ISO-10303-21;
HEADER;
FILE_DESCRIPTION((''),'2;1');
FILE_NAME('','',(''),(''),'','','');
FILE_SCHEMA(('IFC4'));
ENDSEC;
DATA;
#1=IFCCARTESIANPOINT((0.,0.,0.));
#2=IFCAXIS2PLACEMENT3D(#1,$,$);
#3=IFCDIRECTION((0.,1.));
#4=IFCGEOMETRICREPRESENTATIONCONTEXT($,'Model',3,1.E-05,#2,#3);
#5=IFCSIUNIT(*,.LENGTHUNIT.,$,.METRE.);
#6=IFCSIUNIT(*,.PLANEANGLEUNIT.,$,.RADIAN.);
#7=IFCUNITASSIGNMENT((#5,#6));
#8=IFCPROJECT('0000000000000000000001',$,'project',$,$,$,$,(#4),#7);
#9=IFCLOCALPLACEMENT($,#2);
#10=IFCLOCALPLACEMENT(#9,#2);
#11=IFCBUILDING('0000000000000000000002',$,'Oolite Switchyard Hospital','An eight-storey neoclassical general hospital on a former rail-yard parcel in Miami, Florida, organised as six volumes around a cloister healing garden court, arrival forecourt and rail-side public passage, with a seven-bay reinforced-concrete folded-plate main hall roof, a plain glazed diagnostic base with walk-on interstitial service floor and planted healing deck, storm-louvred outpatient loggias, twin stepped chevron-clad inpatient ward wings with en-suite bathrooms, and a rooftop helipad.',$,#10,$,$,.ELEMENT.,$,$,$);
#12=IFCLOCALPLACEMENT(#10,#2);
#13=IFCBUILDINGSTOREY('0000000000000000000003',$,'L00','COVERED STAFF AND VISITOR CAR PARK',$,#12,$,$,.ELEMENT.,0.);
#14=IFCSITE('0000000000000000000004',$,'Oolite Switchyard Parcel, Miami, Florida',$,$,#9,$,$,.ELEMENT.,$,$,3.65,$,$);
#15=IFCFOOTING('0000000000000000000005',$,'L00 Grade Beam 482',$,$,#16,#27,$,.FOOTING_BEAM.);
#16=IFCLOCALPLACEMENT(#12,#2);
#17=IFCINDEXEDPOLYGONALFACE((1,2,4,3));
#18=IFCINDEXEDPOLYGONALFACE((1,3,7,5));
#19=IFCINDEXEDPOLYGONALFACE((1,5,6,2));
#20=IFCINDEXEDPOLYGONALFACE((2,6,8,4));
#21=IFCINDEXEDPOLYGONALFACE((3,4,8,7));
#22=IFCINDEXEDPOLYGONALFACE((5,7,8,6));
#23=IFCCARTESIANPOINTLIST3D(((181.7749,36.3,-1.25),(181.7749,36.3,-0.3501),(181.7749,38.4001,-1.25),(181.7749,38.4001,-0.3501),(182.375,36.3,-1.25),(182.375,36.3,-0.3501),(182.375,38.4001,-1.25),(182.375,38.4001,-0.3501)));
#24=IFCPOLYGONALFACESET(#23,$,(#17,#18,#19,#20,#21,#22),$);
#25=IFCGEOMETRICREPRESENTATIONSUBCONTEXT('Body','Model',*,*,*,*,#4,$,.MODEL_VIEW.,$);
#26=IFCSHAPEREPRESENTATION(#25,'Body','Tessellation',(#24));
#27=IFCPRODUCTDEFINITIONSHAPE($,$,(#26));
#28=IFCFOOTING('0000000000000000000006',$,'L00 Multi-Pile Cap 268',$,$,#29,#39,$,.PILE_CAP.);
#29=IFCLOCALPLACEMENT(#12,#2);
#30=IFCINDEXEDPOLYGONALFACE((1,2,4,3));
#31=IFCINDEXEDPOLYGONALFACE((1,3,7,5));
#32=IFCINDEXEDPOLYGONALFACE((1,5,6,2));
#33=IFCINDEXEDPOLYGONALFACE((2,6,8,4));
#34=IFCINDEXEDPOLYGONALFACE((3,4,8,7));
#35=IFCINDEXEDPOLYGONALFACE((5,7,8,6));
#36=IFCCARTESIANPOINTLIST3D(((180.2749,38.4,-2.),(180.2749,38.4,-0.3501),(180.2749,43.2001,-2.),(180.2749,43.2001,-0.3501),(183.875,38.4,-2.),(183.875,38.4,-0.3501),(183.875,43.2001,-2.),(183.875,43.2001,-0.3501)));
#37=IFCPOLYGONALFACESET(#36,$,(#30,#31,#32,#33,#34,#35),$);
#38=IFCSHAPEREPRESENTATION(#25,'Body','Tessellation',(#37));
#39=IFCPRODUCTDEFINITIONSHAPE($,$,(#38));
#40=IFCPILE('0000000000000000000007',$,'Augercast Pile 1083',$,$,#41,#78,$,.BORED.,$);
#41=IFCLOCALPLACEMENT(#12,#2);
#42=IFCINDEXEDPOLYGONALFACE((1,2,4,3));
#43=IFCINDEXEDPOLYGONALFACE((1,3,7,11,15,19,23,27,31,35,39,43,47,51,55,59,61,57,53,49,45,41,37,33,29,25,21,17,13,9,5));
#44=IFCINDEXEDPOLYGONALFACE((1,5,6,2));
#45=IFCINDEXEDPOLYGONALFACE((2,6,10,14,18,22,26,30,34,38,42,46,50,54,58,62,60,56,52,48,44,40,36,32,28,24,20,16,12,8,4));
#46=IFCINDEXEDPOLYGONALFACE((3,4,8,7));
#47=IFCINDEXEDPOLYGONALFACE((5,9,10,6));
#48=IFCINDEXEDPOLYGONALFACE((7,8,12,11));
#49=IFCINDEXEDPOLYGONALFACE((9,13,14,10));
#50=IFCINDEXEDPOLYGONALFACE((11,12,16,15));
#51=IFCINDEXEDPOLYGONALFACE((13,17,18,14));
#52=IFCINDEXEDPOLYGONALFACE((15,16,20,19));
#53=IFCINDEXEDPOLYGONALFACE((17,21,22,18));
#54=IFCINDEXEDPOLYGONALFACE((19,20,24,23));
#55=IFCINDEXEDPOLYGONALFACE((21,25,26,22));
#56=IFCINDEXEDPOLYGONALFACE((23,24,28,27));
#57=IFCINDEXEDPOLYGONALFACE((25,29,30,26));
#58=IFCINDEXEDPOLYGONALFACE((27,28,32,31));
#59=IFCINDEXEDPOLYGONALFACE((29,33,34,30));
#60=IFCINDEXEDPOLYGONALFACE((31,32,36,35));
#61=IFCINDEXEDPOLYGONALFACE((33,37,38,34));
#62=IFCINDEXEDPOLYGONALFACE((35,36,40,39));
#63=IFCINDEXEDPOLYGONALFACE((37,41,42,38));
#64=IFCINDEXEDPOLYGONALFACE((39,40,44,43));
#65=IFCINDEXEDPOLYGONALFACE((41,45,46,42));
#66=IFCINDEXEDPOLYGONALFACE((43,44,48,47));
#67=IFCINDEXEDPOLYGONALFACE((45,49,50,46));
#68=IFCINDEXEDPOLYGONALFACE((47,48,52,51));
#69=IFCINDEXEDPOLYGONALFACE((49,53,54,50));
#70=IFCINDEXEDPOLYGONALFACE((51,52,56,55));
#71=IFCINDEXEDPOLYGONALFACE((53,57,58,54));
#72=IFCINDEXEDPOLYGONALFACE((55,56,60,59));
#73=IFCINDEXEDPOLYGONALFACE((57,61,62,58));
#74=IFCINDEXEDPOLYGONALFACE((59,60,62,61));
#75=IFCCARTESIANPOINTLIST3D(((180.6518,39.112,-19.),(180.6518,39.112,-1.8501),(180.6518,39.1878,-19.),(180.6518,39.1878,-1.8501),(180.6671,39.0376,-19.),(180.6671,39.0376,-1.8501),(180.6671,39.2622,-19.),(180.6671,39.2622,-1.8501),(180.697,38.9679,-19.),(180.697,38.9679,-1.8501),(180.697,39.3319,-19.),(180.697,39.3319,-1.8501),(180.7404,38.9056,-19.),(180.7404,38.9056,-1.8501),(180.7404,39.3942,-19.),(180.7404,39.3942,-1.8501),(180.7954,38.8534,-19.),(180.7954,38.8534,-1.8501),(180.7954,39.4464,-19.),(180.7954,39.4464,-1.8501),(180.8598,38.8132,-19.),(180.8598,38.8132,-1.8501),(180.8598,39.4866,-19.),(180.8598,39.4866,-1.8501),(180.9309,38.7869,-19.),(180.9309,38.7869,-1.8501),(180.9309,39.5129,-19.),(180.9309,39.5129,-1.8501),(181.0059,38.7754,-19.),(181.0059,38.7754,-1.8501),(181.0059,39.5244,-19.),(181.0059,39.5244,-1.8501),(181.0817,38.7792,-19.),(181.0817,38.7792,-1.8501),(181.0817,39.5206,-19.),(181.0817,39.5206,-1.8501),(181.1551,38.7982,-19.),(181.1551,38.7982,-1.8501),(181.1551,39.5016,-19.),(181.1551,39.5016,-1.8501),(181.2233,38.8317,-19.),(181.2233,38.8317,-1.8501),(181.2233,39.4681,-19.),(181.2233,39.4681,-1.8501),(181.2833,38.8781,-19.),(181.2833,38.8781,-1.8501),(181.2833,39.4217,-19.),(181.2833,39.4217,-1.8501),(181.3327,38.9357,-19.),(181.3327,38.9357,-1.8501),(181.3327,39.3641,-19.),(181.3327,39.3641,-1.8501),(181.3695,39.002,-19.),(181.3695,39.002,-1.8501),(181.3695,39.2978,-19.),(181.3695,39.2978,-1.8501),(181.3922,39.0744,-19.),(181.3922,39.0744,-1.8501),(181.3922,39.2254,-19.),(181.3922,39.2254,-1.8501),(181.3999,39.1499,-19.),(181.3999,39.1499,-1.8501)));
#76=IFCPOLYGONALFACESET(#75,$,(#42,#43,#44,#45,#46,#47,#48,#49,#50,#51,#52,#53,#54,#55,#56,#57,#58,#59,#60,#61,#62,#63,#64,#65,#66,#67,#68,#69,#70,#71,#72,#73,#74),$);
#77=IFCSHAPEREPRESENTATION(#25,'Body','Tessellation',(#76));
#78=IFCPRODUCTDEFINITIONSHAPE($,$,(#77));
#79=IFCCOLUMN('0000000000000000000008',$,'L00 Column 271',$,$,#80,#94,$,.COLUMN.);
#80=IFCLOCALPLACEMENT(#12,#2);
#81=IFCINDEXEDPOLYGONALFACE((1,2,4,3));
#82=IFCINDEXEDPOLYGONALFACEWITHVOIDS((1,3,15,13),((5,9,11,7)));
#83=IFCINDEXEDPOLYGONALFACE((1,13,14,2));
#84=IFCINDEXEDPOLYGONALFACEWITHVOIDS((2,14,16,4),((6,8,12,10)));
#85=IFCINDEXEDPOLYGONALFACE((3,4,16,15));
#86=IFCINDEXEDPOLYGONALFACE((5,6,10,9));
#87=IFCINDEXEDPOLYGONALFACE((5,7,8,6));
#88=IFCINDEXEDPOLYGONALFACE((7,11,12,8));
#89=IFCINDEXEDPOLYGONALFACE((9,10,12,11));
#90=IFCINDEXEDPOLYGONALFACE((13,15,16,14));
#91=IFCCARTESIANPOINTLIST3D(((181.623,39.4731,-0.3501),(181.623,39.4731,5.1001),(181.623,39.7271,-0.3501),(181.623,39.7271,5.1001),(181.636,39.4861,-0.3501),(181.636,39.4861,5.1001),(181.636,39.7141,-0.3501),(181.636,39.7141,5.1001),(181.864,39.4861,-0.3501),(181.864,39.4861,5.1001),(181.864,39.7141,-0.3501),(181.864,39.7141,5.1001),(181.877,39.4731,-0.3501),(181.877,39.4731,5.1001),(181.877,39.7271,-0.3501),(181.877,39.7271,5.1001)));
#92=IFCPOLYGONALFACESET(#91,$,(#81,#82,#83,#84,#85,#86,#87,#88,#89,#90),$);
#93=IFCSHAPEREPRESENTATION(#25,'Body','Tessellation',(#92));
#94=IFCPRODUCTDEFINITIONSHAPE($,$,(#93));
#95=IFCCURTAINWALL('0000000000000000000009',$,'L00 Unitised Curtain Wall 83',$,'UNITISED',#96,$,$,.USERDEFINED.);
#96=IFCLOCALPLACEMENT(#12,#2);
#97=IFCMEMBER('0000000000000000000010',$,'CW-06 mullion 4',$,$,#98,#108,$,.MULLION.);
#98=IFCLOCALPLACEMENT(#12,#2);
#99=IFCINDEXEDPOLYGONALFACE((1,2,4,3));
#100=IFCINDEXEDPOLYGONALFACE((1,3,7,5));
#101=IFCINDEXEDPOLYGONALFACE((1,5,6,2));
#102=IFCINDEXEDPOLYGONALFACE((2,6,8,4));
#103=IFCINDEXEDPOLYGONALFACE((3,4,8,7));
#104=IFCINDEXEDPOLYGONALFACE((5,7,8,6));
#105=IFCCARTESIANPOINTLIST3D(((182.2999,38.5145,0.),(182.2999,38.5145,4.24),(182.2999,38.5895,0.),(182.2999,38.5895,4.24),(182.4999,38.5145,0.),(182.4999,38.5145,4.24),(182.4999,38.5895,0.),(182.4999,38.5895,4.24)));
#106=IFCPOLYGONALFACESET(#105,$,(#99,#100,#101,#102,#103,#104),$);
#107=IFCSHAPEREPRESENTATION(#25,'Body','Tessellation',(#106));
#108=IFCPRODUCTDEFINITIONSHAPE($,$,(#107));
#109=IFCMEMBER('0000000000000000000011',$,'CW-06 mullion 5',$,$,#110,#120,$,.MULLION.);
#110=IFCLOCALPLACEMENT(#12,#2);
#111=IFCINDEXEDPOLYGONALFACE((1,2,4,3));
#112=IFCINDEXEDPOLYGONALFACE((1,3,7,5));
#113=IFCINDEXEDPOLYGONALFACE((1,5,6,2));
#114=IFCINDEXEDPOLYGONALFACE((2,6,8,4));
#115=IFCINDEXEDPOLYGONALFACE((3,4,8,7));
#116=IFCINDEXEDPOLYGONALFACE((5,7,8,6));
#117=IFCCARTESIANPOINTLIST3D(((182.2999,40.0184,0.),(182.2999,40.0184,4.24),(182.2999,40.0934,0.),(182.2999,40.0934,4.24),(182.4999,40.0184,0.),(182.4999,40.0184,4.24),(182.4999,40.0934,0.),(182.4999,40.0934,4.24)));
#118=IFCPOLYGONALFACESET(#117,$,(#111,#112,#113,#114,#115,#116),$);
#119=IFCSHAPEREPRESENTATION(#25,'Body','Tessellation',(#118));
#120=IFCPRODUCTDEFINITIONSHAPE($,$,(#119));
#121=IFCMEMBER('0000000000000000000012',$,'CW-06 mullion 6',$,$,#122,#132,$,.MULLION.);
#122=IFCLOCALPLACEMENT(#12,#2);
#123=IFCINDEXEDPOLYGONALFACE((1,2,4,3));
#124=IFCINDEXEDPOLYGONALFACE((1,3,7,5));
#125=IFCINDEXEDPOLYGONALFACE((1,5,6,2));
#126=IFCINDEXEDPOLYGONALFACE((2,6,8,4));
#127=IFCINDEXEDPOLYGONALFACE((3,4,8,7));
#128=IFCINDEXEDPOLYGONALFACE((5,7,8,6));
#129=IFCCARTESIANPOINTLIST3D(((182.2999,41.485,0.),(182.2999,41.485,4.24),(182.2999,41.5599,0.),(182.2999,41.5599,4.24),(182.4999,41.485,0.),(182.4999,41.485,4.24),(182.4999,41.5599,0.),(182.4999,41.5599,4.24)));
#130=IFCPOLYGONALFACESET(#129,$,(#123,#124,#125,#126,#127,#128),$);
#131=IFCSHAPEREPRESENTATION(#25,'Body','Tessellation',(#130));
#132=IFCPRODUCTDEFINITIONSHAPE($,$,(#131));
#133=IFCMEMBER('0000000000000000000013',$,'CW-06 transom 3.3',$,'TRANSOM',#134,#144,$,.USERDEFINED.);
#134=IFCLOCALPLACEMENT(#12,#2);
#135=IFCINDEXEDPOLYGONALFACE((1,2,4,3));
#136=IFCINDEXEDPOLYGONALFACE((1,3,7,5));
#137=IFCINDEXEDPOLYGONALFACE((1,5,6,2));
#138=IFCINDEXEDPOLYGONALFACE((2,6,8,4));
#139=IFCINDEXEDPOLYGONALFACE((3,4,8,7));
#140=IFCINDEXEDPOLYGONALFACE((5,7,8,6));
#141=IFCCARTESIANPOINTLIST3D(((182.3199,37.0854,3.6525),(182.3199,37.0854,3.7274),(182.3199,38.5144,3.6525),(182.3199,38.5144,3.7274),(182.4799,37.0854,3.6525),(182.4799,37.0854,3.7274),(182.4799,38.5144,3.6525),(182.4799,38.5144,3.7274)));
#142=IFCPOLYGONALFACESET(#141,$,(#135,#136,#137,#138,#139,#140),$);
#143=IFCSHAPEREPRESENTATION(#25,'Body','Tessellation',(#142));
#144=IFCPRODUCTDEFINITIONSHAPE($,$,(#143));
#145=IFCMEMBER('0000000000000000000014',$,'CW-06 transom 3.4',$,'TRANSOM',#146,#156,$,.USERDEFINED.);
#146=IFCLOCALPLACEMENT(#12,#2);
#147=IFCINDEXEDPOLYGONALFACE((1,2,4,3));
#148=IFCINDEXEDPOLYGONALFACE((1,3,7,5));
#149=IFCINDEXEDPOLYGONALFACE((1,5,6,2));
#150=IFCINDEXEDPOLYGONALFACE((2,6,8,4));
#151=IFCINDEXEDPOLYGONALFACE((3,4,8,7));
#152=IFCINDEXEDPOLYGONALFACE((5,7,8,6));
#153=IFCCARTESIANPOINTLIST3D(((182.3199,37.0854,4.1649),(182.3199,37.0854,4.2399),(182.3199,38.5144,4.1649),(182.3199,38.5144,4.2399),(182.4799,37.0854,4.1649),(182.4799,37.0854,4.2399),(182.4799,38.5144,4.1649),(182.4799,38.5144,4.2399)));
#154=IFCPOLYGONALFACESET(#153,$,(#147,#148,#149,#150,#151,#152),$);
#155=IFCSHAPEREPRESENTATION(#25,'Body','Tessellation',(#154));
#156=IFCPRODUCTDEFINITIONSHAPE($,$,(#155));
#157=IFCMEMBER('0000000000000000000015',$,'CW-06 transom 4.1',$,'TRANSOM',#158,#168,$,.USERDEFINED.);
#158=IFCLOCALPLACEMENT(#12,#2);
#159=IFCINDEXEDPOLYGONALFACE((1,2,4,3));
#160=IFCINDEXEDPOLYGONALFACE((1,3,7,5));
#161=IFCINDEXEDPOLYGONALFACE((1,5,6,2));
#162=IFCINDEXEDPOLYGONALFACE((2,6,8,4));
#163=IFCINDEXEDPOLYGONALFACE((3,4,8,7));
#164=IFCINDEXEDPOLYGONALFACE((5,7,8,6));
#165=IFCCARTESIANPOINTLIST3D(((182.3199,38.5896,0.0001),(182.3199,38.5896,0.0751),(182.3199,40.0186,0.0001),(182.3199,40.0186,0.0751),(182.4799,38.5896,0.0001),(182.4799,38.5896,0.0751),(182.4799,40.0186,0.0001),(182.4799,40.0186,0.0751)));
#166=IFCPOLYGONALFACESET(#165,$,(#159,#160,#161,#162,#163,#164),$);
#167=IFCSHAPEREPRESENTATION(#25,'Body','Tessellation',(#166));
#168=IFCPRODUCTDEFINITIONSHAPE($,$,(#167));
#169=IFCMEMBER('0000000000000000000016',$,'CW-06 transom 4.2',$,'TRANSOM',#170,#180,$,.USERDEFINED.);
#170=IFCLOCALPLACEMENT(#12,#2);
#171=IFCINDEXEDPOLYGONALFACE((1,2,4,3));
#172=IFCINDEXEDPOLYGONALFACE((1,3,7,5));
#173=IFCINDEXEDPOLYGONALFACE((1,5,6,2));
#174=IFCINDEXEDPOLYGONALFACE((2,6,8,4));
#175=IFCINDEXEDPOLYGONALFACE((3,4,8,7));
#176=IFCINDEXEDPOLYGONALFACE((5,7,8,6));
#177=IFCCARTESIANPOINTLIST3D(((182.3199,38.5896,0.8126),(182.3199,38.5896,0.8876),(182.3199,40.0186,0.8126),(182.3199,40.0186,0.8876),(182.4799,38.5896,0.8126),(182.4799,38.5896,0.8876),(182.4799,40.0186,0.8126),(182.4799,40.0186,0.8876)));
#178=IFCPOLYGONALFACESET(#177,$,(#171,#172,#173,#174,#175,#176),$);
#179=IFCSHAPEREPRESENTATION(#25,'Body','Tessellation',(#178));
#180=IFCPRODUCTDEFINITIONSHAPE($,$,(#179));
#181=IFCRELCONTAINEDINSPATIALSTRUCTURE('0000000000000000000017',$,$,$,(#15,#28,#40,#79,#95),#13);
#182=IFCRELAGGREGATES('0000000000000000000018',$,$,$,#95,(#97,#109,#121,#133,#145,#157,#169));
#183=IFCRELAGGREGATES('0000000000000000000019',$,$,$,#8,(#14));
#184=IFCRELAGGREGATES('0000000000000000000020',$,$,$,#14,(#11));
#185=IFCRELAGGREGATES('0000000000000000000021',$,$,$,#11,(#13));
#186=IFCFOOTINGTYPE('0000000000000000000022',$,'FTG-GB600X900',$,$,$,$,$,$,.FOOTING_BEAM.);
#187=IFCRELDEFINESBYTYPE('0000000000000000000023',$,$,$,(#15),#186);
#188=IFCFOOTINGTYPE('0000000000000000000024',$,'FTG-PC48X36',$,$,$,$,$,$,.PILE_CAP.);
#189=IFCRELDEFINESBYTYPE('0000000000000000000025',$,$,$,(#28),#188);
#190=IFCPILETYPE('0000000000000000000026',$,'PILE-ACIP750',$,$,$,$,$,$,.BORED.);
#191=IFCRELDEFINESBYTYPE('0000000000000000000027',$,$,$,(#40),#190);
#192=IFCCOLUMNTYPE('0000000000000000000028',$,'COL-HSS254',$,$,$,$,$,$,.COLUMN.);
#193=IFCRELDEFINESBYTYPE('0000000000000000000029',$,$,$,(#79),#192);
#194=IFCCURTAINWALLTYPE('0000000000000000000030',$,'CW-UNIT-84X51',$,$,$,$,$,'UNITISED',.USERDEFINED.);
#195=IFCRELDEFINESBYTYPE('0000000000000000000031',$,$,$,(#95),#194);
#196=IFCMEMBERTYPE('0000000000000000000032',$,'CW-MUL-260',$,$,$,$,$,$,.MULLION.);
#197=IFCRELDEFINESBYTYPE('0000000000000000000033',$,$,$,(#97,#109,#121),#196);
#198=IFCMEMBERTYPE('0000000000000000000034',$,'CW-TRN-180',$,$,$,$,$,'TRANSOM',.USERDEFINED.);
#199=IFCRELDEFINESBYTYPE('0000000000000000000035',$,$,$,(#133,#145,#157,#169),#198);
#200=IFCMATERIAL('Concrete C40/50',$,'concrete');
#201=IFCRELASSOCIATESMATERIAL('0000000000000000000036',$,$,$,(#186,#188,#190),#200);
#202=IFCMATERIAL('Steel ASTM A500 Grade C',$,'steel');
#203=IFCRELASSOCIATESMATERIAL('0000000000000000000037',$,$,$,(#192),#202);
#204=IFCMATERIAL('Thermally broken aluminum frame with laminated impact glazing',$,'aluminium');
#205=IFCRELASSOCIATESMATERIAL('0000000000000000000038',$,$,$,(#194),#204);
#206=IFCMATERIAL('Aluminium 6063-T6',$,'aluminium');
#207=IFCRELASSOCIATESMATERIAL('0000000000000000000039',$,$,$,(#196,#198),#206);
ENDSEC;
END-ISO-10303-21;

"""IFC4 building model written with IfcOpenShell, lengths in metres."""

from ifc_helpers import new_model, si_unit, direction, frame, origin, origin_2d, place, context, subcontext, project, spatial, rectangle, hollow_rectangle, circle, extrude, material, material_profile, profile_set, type_object, element, aggregate, save


model = new_model("IFC4")

# Units and contexts
model_context = context("Model", 3, precision=1e-05, world=origin(), true_north=direction((0.0, 1.0)))
body_context = subcontext(model_context, "Body", "Model", "MODEL_VIEW")
ifc_project = project(units=[si_unit("LENGTHUNIT", "METRE"), si_unit("PLANEANGLEUNIT", "RADIAN")], contexts=[model_context])

# Site, building, storey
site_placement = place(None, origin())
site = spatial("IfcSite", under=ifc_project, at=site_placement, Name="Oolite Switchyard Parcel, Miami, Florida", CompositionType="ELEMENT", RefElevation=3.65)
building_placement = place(site_placement, origin())
building = spatial("IfcBuilding", under=site, at=building_placement, Name="Oolite Switchyard Hospital", Description="An eight-storey neoclassical general hospital on a former rail-yard parcel in Miami, Florida, organised as six volumes around a cloister healing garden court, arrival forecourt and rail-side public passage, with a seven-bay reinforced-concrete folded-plate main hall roof, a plain glazed diagnostic base with walk-on interstitial service floor and planted healing deck, storm-louvred outpatient loggias, twin stepped chevron-clad inpatient ward wings with en-suite bathrooms, and a rooftop helipad.", CompositionType="ELEMENT")
storey_placement = place(building_placement, origin())
storey = spatial("IfcBuildingStorey", under=building, at=storey_placement, Name="L00", Description="COVERED STAFF AND VISITOR CAR PARK", CompositionType="ELEMENT", Elevation=0.0)

# Footings
ifc_material_1 = material(Name="Concrete C40/50", Category="concrete")
footing_type_1 = type_object("IfcFootingType", Name="FTG-GB600X900", PredefinedType="FOOTING_BEAM", material=ifc_material_1)
footing_1_placement = place(storey_placement, frame((182.075, 37.3501, -1.25), z_axis=(0.0, 0.0, 1.0), x_axis=(0.0, 1.0, 0.0)))
element("IfcFooting", 1, at=footing_1_placement, inside=storey, type_object=footing_type_1, Name="L00 Grade Beam 482", PredefinedType="FOOTING_BEAM", context=body_context, shape_type="SweptSolid", body=[
    extrude(rectangle(XDim=2.1001, YDim=0.6001, at=origin_2d()), origin(), (0.0, 0.0, 1.0), 0.8999),
])
footing_type_2 = type_object("IfcFootingType", Name="FTG-PC48X36", PredefinedType="PILE_CAP", material=ifc_material_1)
footing_2_placement = place(storey_placement, frame((182.075, 40.8, -2.0), z_axis=(0.0, 0.0, 1.0), x_axis=(0.0, 1.0, 0.0)))
element("IfcFooting", 2, at=footing_2_placement, inside=storey, type_object=footing_type_2, Name="L00 Multi-Pile Cap 268", PredefinedType="PILE_CAP", context=body_context, shape_type="SweptSolid", body=[
    extrude(rectangle(XDim=4.8, YDim=3.6001, at=origin_2d()), origin(), (0.0, 0.0, 1.0), 1.6499),
])

# Pile
ifc_material_profile_1 = material_profile(ifc_material_1, circle(Radius=0.375, at=origin_2d()), Name="PILE750")
ifc_profile_set_1 = profile_set([ifc_material_profile_1], Name="Concrete C40/50")
pile_type = type_object("IfcPileType", Name="PILE-ACIP750", PredefinedType="BORED", material=ifc_profile_set_1)
pile_placement = place(storey_placement, frame((181.0249, 39.1499, -1.8501), z_axis=(0.0, 0.0, -1.0), x_axis=(1.0, 0.0, 0.0)))
element("IfcPile", 3, at=pile_placement, inside=storey, type_object=pile_type, Name="Augercast Pile 1083", PredefinedType="BORED", context=body_context, shape_type="SweptSolid", body=[
    extrude(circle(Radius=0.375, at=origin_2d()), origin(), (0.0, 0.0, 1.0), 17.1499),
])

# Column
ifc_material_2 = material(Name="Steel ASTM A500 Grade C", Category="steel")
ifc_material_profile_2 = material_profile(ifc_material_2, hollow_rectangle(XDim=0.2539, YDim=0.2539, WallThickness=0.0129, at=origin_2d()), Name="HSS254X254X13")
ifc_profile_set_2 = profile_set([ifc_material_profile_2], Name="Steel ASTM A500 Grade C")
column_type = type_object("IfcColumnType", Name="COL-HSS254", PredefinedType="COLUMN", material=ifc_profile_set_2)
column_placement = place(storey_placement, frame((181.75, 39.6001, -0.3501), z_axis=(0.0, 0.0, 1.0), x_axis=(1.0, 0.0, 0.0)))
element("IfcColumn", 4, at=column_placement, inside=storey, type_object=column_type, Name="L00 Column 271", PredefinedType="COLUMN", context=body_context, shape_type="SweptSolid", body=[
    extrude(hollow_rectangle(XDim=0.2539, YDim=0.2539, WallThickness=0.0129, at=origin_2d()), origin(), (0.0, 0.0, 1.0), 5.4502),
])

# Curtain wall, members
ifc_material_3 = material(Name="Thermally broken aluminum frame with laminated impact glazing", Category="aluminium")
curtain_wall_type = type_object("IfcCurtainWallType", Name="CW-UNIT-84X51", ElementType="UNITISED", PredefinedType="USERDEFINED", material=ifc_material_3)
curtain_wall_placement = place(storey_placement, origin())
curtain_wall = element("IfcCurtainWall", 5, at=curtain_wall_placement, inside=storey, type_object=curtain_wall_type, Name="L00 Unitised Curtain Wall 83", ObjectType="UNITISED", PredefinedType="USERDEFINED")
ifc_material_4 = material(Name="Aluminium 6063-T6", Category="aluminium")
ifc_material_profile_3 = material_profile(ifc_material_4, rectangle(XDim=0.2, YDim=0.075, at=origin_2d()), Name="CWM75X200")
ifc_profile_set_3 = profile_set([ifc_material_profile_3], Name="Aluminium 6063-T6")
member_type_1 = type_object("IfcMemberType", Name="CW-MUL-260", PredefinedType="MULLION", material=ifc_profile_set_3)
member_1_placement = place(storey_placement, frame((182.3999, 38.552, 0.0), z_axis=(0.0, 0.0, 1.0), x_axis=(-1.0, 0.0, 0.0)))
member_1 = element("IfcMember", 6, at=member_1_placement, type_object=member_type_1, Name="CW-06 mullion 4", PredefinedType="MULLION", context=body_context, shape_type="SweptSolid", body=[
    extrude(rectangle(XDim=0.2, YDim=0.075, at=origin_2d()), origin(), (0.0, 0.0, 1.0), 4.24),
])
member_2_placement = place(storey_placement, frame((182.3999, 40.0559, 0.0), z_axis=(0.0, 0.0, 1.0), x_axis=(-1.0, 0.0, 0.0)))
member_2 = element("IfcMember", 7, at=member_2_placement, type_object=member_type_1, Name="CW-06 mullion 5", PredefinedType="MULLION", context=body_context, shape_type="SweptSolid", body=[
    extrude(rectangle(XDim=0.2, YDim=0.075, at=origin_2d()), origin(), (0.0, 0.0, 1.0), 4.24),
])
member_3_placement = place(storey_placement, frame((182.3999, 41.5225, 0.0), z_axis=(0.0, 0.0, 1.0), x_axis=(-1.0, 0.0, 0.0)))
member_3 = element("IfcMember", 8, at=member_3_placement, type_object=member_type_1, Name="CW-06 mullion 6", PredefinedType="MULLION", context=body_context, shape_type="SweptSolid", body=[
    extrude(rectangle(XDim=0.2, YDim=0.075, at=origin_2d()), origin(), (0.0, 0.0, 1.0), 4.24),
])
ifc_material_profile_4 = material_profile(ifc_material_4, rectangle(XDim=0.1599, YDim=0.075, at=origin_2d()), Name="CWT75X160")
ifc_profile_set_4 = profile_set([ifc_material_profile_4], Name="Aluminium 6063-T6")
member_type_2 = type_object("IfcMemberType", Name="CW-TRN-180", ElementType="TRANSOM", PredefinedType="USERDEFINED", material=ifc_profile_set_4)
member_4_placement = place(storey_placement, frame((182.3999, 37.0854, 3.6899), z_axis=(0.0, 1.0, 0.0), x_axis=(-1.0, 0.0, 0.0)))
member_4 = element("IfcMember", 9, at=member_4_placement, type_object=member_type_2, Name="CW-06 transom 3.3", ObjectType="TRANSOM", PredefinedType="USERDEFINED", context=body_context, shape_type="SweptSolid", body=[
    extrude(rectangle(XDim=0.1599, YDim=0.075, at=origin_2d()), origin(), (0.0, 0.0, 1.0), 1.429),
])
member_5_placement = place(storey_placement, frame((182.3999, 37.0854, 4.2024), z_axis=(0.0, 1.0, 0.0), x_axis=(-1.0, 0.0, 0.0)))
member_5 = element("IfcMember", 10, at=member_5_placement, type_object=member_type_2, Name="CW-06 transom 3.4", ObjectType="TRANSOM", PredefinedType="USERDEFINED", context=body_context, shape_type="SweptSolid", body=[
    extrude(rectangle(XDim=0.1599, YDim=0.075, at=origin_2d()), origin(), (0.0, 0.0, 1.0), 1.429),
])
member_6_placement = place(storey_placement, frame((182.3999, 38.5896, 0.0376), z_axis=(0.0, 1.0, 0.0), x_axis=(-1.0, 0.0, 0.0)))
member_6 = element("IfcMember", 11, at=member_6_placement, type_object=member_type_2, Name="CW-06 transom 4.1", ObjectType="TRANSOM", PredefinedType="USERDEFINED", context=body_context, shape_type="SweptSolid", body=[
    extrude(rectangle(XDim=0.1599, YDim=0.075, at=origin_2d()), origin(), (0.0, 0.0, 1.0), 1.429),
])
member_7_placement = place(storey_placement, frame((182.3999, 38.5896, 0.8501), z_axis=(0.0, 1.0, 0.0), x_axis=(-1.0, 0.0, 0.0)))
member_7 = element("IfcMember", 12, at=member_7_placement, type_object=member_type_2, Name="CW-06 transom 4.2", ObjectType="TRANSOM", PredefinedType="USERDEFINED", context=body_context, shape_type="SweptSolid", body=[
    extrude(rectangle(XDim=0.1599, YDim=0.075, at=origin_2d()), origin(), (0.0, 0.0, 1.0), 1.429),
])
aggregate(curtain_wall, [member_1, member_2, member_3, member_4, member_5, member_6, member_7])

save(model, "model.ifc")
